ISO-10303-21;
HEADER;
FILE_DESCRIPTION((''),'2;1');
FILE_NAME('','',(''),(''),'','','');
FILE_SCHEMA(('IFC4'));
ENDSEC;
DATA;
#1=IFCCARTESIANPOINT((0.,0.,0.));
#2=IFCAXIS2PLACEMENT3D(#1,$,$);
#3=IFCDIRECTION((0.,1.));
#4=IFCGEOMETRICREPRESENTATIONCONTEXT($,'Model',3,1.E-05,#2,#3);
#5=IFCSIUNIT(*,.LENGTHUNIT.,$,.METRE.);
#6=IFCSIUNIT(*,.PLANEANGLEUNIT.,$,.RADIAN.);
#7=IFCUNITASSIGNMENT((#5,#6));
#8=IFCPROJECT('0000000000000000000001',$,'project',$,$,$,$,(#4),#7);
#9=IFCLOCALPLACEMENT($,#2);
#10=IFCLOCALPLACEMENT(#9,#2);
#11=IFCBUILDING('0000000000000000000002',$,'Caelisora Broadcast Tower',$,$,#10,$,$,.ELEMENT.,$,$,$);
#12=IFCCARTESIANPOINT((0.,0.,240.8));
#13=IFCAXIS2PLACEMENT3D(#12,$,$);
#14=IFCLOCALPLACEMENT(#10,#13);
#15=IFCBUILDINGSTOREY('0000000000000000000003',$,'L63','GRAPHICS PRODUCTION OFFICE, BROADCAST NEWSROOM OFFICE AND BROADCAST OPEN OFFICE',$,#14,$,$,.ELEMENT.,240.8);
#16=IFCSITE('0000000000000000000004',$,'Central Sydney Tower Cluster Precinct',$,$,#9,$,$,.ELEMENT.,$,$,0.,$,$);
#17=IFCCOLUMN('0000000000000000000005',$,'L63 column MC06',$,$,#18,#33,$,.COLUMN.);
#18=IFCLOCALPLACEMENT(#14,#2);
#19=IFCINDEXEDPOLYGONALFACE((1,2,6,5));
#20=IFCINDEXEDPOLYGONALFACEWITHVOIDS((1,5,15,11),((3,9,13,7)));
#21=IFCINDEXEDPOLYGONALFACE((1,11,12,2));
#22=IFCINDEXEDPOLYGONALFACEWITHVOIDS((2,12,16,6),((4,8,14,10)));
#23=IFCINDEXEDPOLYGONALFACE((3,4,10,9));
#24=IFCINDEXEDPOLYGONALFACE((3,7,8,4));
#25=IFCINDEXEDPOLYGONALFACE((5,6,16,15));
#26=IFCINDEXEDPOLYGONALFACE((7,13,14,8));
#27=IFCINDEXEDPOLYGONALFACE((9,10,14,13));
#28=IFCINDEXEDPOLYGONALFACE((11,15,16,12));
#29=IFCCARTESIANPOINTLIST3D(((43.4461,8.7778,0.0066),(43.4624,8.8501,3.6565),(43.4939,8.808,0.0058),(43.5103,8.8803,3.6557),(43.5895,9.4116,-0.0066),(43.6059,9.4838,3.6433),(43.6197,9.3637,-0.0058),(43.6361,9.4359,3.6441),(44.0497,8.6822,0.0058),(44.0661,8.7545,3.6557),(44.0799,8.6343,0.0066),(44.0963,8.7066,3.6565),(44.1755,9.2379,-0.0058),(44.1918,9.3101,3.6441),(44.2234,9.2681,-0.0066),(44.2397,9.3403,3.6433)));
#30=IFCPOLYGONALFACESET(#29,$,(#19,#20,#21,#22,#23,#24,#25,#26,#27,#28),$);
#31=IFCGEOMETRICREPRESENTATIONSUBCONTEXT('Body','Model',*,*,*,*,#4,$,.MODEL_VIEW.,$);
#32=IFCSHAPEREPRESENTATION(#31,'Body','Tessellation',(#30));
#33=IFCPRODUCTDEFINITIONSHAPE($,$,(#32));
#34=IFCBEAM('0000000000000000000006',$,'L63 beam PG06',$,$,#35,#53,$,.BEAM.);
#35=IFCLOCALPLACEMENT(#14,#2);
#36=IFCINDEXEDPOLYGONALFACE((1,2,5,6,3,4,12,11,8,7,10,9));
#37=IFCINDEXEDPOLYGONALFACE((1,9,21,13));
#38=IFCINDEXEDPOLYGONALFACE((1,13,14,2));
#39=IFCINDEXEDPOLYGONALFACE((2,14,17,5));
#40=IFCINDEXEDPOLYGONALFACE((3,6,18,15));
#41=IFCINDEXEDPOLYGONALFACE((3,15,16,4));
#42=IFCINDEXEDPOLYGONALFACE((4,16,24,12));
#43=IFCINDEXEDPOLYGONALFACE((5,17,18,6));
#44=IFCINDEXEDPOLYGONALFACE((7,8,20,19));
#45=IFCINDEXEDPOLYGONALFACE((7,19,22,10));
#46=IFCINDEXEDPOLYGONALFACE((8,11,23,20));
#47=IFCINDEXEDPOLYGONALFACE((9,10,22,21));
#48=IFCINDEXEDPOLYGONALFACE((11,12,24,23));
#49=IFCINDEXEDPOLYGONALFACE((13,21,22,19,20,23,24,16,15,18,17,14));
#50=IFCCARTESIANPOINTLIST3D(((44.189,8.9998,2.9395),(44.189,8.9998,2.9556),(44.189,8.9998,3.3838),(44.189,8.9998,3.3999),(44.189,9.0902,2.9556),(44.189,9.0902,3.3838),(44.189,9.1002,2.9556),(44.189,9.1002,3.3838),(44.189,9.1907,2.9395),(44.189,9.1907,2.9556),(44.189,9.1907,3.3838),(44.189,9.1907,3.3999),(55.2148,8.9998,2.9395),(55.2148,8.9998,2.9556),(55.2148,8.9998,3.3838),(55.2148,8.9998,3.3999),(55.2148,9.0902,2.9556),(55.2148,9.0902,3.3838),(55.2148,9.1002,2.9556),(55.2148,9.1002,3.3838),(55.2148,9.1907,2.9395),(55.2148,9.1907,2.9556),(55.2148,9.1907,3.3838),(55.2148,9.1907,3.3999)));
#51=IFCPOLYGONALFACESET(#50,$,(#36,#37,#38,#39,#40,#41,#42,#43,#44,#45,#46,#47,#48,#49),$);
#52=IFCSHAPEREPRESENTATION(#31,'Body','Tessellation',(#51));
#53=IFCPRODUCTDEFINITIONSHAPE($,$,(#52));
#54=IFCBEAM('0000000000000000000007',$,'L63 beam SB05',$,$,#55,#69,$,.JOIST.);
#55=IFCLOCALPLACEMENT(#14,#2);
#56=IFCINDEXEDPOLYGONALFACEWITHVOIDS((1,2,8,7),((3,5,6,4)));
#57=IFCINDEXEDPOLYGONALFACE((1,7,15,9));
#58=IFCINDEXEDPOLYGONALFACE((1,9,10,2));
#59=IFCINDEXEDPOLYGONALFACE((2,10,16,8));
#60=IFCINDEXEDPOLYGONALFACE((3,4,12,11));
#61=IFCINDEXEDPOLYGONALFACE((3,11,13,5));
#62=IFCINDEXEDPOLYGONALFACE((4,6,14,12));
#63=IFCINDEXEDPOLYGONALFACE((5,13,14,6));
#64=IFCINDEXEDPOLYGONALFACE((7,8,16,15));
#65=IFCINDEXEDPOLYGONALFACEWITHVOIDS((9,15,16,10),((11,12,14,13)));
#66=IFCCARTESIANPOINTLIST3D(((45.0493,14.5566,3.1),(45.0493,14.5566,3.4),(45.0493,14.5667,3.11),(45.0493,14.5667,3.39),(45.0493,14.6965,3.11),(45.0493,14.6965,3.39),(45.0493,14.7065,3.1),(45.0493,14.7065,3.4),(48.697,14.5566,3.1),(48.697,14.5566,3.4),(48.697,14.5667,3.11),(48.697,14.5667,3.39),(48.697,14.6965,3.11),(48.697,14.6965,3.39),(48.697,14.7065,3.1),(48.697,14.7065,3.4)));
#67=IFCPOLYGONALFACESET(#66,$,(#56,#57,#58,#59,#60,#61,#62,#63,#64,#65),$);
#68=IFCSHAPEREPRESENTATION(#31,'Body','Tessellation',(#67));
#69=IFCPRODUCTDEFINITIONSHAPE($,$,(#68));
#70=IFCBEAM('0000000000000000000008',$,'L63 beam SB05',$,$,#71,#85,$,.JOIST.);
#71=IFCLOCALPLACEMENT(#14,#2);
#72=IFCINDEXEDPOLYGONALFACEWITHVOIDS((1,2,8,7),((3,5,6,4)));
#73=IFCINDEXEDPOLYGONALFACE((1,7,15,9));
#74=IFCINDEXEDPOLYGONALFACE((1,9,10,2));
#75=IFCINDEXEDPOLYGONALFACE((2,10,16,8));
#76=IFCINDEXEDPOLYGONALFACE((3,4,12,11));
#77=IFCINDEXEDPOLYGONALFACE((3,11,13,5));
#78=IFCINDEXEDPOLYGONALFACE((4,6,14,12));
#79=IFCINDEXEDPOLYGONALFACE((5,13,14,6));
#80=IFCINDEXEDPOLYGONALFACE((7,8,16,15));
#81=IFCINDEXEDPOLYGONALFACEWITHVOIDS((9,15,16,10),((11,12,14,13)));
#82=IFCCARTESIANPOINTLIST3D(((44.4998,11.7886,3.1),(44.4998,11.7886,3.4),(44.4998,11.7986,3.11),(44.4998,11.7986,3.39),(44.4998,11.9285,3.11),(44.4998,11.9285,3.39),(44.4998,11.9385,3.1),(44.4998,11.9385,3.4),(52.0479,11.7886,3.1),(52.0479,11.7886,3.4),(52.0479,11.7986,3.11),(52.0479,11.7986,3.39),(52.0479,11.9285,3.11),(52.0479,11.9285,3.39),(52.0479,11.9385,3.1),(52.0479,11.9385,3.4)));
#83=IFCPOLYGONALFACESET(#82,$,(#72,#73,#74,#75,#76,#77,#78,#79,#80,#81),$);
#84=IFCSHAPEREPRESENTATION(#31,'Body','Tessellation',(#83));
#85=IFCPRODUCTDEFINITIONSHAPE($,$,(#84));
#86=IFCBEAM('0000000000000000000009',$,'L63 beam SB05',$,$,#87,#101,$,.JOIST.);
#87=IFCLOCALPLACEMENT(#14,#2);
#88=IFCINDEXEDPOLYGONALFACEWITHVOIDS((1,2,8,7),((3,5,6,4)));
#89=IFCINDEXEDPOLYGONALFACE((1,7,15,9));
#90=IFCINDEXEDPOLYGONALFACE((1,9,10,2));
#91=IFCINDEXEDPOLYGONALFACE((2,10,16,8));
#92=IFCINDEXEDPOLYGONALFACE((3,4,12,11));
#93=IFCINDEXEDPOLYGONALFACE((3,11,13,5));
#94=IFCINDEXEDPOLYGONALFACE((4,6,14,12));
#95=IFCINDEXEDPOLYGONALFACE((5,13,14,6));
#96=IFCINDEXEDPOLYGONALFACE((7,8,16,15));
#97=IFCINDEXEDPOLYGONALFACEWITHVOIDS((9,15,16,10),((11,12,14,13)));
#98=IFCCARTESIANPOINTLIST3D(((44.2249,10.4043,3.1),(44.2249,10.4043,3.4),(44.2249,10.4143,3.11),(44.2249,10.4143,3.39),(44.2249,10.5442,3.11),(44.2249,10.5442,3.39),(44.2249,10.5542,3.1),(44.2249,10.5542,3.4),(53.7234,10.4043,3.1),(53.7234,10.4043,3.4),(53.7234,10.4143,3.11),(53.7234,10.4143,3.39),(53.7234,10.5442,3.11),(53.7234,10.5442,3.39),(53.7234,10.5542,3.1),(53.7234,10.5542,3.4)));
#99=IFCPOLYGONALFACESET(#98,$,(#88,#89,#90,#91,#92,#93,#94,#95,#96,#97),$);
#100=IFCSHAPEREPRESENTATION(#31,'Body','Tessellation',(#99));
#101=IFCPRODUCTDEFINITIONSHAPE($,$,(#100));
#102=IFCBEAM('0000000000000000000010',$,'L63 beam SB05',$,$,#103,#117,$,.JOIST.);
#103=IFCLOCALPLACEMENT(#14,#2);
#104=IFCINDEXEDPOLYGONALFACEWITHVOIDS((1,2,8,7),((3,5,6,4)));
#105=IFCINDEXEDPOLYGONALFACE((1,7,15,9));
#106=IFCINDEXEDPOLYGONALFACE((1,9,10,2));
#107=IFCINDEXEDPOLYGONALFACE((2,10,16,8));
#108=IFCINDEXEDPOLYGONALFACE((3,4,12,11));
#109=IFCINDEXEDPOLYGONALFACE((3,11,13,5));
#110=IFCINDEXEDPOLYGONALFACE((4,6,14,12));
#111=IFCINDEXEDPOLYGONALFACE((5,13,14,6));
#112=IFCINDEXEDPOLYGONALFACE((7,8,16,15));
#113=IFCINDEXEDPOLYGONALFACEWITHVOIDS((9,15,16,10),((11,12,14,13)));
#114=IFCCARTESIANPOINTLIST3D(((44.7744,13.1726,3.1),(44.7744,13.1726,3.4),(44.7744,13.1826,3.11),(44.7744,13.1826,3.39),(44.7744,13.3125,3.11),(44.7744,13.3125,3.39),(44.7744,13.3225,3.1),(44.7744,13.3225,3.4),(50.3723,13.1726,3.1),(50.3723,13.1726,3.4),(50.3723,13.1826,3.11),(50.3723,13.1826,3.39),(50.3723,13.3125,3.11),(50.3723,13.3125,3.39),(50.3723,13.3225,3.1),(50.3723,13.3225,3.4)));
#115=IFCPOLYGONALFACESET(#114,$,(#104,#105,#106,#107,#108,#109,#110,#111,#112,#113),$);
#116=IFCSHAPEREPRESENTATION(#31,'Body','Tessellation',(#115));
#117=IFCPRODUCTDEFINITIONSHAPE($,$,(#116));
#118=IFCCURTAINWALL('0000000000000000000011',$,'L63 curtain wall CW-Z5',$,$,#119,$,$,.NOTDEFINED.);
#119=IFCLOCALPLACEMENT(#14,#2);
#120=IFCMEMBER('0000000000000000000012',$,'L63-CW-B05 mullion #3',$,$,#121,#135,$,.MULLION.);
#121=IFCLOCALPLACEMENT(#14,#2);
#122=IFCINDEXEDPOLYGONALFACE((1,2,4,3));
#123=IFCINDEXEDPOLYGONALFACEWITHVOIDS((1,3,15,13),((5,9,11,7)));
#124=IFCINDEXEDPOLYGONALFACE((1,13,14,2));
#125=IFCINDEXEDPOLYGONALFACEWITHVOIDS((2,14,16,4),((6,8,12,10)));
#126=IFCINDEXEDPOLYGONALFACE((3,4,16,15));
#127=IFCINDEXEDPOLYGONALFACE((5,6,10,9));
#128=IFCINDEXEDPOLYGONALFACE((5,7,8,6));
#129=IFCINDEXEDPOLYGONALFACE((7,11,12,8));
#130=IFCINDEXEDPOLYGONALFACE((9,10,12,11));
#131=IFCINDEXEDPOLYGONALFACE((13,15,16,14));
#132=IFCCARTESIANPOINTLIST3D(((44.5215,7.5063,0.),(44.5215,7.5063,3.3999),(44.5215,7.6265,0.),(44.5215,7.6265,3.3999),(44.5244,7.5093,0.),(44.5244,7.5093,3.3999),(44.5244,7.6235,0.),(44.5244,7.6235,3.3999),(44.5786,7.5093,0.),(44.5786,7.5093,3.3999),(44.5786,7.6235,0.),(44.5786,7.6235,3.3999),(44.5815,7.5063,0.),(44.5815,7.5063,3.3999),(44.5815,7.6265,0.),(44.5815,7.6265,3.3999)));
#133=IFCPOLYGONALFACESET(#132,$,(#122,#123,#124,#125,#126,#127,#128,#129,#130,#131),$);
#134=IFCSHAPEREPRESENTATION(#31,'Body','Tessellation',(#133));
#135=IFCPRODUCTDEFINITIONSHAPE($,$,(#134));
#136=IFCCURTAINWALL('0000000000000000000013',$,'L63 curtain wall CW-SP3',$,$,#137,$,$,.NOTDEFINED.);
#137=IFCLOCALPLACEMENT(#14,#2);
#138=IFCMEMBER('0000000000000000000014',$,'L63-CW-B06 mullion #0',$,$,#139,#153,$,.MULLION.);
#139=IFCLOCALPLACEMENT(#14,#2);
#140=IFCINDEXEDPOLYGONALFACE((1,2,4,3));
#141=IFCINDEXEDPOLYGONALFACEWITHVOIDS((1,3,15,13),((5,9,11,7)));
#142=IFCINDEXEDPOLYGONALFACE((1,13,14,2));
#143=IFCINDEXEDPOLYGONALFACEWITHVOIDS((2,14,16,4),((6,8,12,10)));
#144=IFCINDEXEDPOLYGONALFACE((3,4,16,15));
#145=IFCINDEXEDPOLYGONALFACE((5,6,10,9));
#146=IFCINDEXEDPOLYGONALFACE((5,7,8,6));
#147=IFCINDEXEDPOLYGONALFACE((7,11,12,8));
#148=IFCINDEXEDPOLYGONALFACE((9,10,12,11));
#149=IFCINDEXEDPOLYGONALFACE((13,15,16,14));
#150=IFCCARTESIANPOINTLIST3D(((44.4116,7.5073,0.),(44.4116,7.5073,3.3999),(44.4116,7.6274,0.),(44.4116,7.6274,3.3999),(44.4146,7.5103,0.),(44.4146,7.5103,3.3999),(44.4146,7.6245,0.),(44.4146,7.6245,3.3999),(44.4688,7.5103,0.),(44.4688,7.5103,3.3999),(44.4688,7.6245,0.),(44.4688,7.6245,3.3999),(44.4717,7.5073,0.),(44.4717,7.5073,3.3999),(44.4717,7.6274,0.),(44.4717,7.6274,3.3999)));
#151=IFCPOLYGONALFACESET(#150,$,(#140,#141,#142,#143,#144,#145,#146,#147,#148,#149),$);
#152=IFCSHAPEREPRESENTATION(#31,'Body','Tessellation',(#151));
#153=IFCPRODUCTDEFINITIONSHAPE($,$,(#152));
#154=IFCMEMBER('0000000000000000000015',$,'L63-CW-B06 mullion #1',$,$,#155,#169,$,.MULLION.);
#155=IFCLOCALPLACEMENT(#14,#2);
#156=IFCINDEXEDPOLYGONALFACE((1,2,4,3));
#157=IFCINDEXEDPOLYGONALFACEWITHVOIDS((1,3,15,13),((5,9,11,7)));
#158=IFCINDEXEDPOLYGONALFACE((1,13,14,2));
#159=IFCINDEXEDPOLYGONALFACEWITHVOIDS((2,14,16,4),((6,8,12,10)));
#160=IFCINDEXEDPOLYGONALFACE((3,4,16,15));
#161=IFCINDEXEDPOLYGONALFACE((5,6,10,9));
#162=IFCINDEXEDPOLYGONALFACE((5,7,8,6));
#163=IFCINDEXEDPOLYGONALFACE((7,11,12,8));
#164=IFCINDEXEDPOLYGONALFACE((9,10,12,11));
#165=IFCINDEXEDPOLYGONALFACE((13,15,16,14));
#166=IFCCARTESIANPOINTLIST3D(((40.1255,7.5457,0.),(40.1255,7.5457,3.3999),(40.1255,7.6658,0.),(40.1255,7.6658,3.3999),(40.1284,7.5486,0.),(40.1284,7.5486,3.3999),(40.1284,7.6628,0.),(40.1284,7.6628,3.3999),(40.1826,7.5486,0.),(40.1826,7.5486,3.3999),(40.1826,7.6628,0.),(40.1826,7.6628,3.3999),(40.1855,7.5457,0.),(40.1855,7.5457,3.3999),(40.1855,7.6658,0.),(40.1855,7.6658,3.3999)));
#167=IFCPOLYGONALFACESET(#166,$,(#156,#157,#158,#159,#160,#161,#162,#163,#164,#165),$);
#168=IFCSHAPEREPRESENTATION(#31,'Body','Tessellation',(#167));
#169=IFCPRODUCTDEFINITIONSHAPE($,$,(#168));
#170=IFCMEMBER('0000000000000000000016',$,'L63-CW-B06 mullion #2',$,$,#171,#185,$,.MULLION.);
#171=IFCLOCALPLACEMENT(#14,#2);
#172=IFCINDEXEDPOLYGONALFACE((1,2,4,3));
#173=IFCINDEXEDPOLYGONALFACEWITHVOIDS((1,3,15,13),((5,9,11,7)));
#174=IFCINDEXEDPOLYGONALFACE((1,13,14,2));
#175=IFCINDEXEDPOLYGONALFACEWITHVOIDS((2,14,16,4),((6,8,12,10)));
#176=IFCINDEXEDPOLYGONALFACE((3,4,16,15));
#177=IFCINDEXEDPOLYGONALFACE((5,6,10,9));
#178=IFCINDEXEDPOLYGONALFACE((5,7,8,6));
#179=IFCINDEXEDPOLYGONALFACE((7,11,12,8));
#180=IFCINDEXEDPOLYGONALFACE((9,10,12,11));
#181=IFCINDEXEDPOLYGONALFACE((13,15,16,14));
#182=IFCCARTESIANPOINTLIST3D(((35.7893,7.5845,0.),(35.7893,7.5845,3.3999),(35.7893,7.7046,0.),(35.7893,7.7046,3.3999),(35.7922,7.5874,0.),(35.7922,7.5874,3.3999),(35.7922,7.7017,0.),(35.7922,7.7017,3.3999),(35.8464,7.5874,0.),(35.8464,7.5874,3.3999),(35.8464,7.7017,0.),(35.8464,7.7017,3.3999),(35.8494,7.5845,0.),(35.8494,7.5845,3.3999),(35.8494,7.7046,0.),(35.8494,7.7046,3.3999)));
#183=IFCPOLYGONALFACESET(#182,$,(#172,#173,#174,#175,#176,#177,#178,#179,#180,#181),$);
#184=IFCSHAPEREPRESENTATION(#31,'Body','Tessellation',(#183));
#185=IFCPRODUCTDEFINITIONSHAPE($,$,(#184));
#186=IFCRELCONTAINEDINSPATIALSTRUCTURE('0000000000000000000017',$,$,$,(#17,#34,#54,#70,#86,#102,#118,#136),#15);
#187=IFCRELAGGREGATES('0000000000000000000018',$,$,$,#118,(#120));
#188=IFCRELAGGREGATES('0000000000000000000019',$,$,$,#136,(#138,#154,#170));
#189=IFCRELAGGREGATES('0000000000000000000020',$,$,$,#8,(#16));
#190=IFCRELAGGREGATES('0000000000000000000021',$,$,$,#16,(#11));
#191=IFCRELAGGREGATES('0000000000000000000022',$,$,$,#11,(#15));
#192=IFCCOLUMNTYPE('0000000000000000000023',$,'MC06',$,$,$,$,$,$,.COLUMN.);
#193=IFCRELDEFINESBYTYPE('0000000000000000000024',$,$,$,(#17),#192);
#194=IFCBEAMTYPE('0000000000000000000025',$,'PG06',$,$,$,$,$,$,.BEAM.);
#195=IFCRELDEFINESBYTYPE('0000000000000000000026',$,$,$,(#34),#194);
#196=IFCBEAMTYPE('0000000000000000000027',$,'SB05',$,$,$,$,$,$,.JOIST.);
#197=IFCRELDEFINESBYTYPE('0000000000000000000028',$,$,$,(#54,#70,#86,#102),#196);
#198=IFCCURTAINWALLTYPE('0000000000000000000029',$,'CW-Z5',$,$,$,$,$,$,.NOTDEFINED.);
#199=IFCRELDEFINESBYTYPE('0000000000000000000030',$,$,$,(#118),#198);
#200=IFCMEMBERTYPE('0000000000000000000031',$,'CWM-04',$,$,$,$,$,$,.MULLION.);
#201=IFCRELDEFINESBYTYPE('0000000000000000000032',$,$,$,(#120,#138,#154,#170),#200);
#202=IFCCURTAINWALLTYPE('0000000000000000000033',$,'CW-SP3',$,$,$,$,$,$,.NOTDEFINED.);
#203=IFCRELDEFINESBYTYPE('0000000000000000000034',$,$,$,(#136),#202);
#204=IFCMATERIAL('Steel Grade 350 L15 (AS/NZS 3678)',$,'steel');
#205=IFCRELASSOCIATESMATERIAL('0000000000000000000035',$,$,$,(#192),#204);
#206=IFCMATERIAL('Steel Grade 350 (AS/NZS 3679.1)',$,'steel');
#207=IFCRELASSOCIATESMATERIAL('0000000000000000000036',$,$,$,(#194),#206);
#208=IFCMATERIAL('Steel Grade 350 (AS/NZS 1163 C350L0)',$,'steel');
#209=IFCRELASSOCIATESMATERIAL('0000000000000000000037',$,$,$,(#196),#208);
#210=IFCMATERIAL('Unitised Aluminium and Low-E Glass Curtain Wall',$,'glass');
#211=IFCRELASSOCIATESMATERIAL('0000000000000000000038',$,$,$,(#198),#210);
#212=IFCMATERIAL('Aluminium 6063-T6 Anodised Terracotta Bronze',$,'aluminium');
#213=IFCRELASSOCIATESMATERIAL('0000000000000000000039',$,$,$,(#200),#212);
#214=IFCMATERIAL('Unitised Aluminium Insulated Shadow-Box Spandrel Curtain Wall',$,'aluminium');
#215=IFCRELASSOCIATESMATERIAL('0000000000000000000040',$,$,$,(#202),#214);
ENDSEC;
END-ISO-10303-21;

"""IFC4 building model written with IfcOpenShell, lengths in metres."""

from ifc_helpers import new_model, si_unit, direction, frame, origin, origin_2d, place, context, subcontext, project, spatial, hollow_rectangle, i_section, extrude, source, transform, mapped, material, material_profile, profile_set, type_object, type_shapes, element, aggregate, save


model = new_model("IFC4")

# Units and contexts
model_context = context("Model", 3, precision=1e-05, world=origin(), true_north=direction((0.0, 1.0)))
body_context = subcontext(model_context, "Body", "Model", "MODEL_VIEW")
ifc_project = project(units=[si_unit("LENGTHUNIT", "METRE"), si_unit("PLANEANGLEUNIT", "RADIAN")], contexts=[model_context])

# Site, building, storey
site_placement = place(None, origin())
site = spatial("IfcSite", under=ifc_project, at=site_placement, Name="Central Sydney Tower Cluster Precinct", CompositionType="ELEMENT", RefElevation=0.0)
building_placement = place(site_placement, origin())
building = spatial("IfcBuilding", under=site, at=building_placement, Name="Caelisora Broadcast Tower", CompositionType="ELEMENT")
storey_placement = place(building_placement, frame((0.0, 0.0, 240.8)))
storey = spatial("IfcBuildingStorey", under=building, at=storey_placement, Name="L63", Description="GRAPHICS PRODUCTION OFFICE, BROADCAST NEWSROOM OFFICE AND BROADCAST OPEN OFFICE", CompositionType="ELEMENT", Elevation=240.8)

# Column
ifc_material_1 = material(Name="Steel Grade 350 L15 (AS/NZS 3678)", Category="steel")
ifc_material_profile_1 = material_profile(ifc_material_1, hollow_rectangle(XDim=0.6499, YDim=0.6499, WallThickness=0.04, at=origin_2d()), Name="Steel Grade 350 L15 (AS/NZS 3678)")
ifc_profile_set_1 = profile_set([ifc_material_profile_1], Name="Steel Grade 350 L15 (AS/NZS 3678)")
column_type = type_object("IfcColumnType", Name="MC06", PredefinedType="COLUMN", material=ifc_profile_set_1)
shared_shape_1 = source(origin(), body_context, "Body", "SweptSolid", [
    extrude(hollow_rectangle(XDim=0.6499, YDim=0.6499, WallThickness=0.04, at=origin_2d()), origin(), (0.0, 0.0, 1.0), 3.6506),
])
type_shapes(column_type, [shared_shape_1])
column_placement = place(storey_placement, frame((43.8347, 9.0229, 0.0), z_axis=(0.004481, 0.019795, 0.999794), x_axis=(-0.975327, 0.220767, 0.0)))
element("IfcColumn", 1, at=column_placement, inside=storey, type_object=column_type, Name="L63 column MC06", PredefinedType="COLUMN", context=body_context, shape_type="MappedRepresentation", body=[
    mapped(shared_shape_1, transform((0.0, 0.0, 0.0), scale=1.0)),
])

# Beams
ifc_material_2 = material(Name="Steel Grade 350 (AS/NZS 3679.1)", Category="steel")
ifc_material_profile_2 = material_profile(ifc_material_2, i_section(OverallWidth=0.1909, OverallDepth=0.4604, WebThickness=0.01, FlangeThickness=0.0161, at=origin_2d()), Name="Steel Grade 350 (AS/NZS 3679.1)")
ifc_profile_set_2 = profile_set([ifc_material_profile_2], Name="Steel Grade 350 (AS/NZS 3679.1)")
beam_type_1 = type_object("IfcBeamType", Name="PG06", PredefinedType="BEAM", material=ifc_profile_set_2)
shared_shape_2 = source(origin(), body_context, "Body", "SweptSolid", [
    extrude(i_section(OverallWidth=0.1909, OverallDepth=0.4604, WebThickness=0.01, FlangeThickness=0.0161, at=origin_2d()), origin(), (0.0, 0.0, 1.0), 11.0259),
])
type_shapes(beam_type_1, [shared_shape_2])
beam_1_placement = place(storey_placement, frame((44.189, 9.0952, 3.1697), z_axis=(1.0, 0.0, 0.0), x_axis=(0.0, 1.0, 0.0)))
element("IfcBeam", 2, at=beam_1_placement, inside=storey, type_object=beam_type_1, Name="L63 beam PG06", PredefinedType="BEAM", context=body_context, shape_type="MappedRepresentation", body=[
    mapped(shared_shape_2, transform((0.0, 0.0, 0.0), scale=1.0)),
])
ifc_material_3 = material(Name="Steel Grade 350 (AS/NZS 1163 C350L0)", Category="steel")
ifc_material_profile_3 = material_profile(ifc_material_3, hollow_rectangle(XDim=0.1499, YDim=0.3, WallThickness=0.01, at=origin_2d()), Name="Steel Grade 350 (AS/NZS 1163 C350L0)")
ifc_profile_set_3 = profile_set([ifc_material_profile_3], Name="Steel Grade 350 (AS/NZS 1163 C350L0)")
beam_type_2 = type_object("IfcBeamType", Name="SB05", PredefinedType="JOIST", material=ifc_profile_set_3)
shared_shape_3 = source(origin(), body_context, "Body", "SweptSolid", [
    extrude(hollow_rectangle(XDim=0.1499, YDim=0.3, WallThickness=0.01, at=origin_2d()), origin(), (0.0, 0.0, 1.0), 3.6477),
])
beam_2_placement = place(storey_placement, frame((45.0493, 14.6316, 3.25), z_axis=(1.0, 0.0, 0.0), x_axis=(0.0, 1.0, 0.0)))
element("IfcBeam", 3, at=beam_2_placement, inside=storey, type_object=beam_type_2, Name="L63 beam SB05", PredefinedType="JOIST", context=body_context, shape_type="MappedRepresentation", body=[
    mapped(shared_shape_3, transform((0.0, 0.0, 0.0), scale=1.0)),
])
shared_shape_4 = source(origin(), body_context, "Body", "SweptSolid", [
    extrude(hollow_rectangle(XDim=0.1499, YDim=0.3, WallThickness=0.01, at=origin_2d()), origin(), (0.0, 0.0, 1.0), 7.5481),
])
beam_3_placement = place(storey_placement, frame((44.4998, 11.8635, 3.25), z_axis=(1.0, 0.0, 0.0), x_axis=(0.0, 1.0, 0.0)))
element("IfcBeam", 4, at=beam_3_placement, inside=storey, type_object=beam_type_2, Name="L63 beam SB05", PredefinedType="JOIST", context=body_context, shape_type="MappedRepresentation", body=[
    mapped(shared_shape_4, transform((0.0, 0.0, 0.0), scale=1.0)),
])
shared_shape_5 = source(origin(), body_context, "Body", "SweptSolid", [
    extrude(hollow_rectangle(XDim=0.1499, YDim=0.3, WallThickness=0.01, at=origin_2d()), origin(), (0.0, 0.0, 1.0), 9.4985),
])
beam_4_placement = place(storey_placement, frame((44.2249, 10.4792, 3.25), z_axis=(1.0, 0.0, 0.0), x_axis=(0.0, 1.0, 0.0)))
element("IfcBeam", 5, at=beam_4_placement, inside=storey, type_object=beam_type_2, Name="L63 beam SB05", PredefinedType="JOIST", context=body_context, shape_type="MappedRepresentation", body=[
    mapped(shared_shape_5, transform((0.0, 0.0, 0.0), scale=1.0)),
])
shared_shape_6 = source(origin(), body_context, "Body", "SweptSolid", [
    extrude(hollow_rectangle(XDim=0.1499, YDim=0.3, WallThickness=0.01, at=origin_2d()), origin(), (0.0, 0.0, 1.0), 5.5979),
])
type_shapes(beam_type_2, [shared_shape_3, shared_shape_4, shared_shape_5, shared_shape_6])
beam_5_placement = place(storey_placement, frame((44.7744, 13.2476, 3.25), z_axis=(1.0, 0.0, 0.0), x_axis=(0.0, 1.0, 0.0)))
element("IfcBeam", 6, at=beam_5_placement, inside=storey, type_object=beam_type_2, Name="L63 beam SB05", PredefinedType="JOIST", context=body_context, shape_type="MappedRepresentation", body=[
    mapped(shared_shape_6, transform((0.0, 0.0, 0.0), scale=1.0)),
])

# Curtain wall, member
ifc_material_4 = material(Name="Unitised Aluminium and Low-E Glass Curtain Wall", Category="glass")
curtain_wall_type_1 = type_object("IfcCurtainWallType", Name="CW-Z5", PredefinedType="NOTDEFINED", material=ifc_material_4)
curtain_wall_1_placement = place(storey_placement, origin())
curtain_wall_1 = element("IfcCurtainWall", 7, at=curtain_wall_1_placement, inside=storey, type_object=curtain_wall_type_1, Name="L63 curtain wall CW-Z5", PredefinedType="NOTDEFINED")
ifc_material_5 = material(Name="Aluminium 6063-T6 Anodised Terracotta Bronze", Category="aluminium")
ifc_material_profile_4 = material_profile(ifc_material_5, hollow_rectangle(XDim=0.0601, YDim=0.1201, WallThickness=0.0029, at=origin_2d()), Name="Aluminium 6063-T6 Anodised Terracotta Bronze")
ifc_profile_set_4 = profile_set([ifc_material_profile_4], Name="Aluminium 6063-T6 Anodised Terracotta Bronze")
member_type_1 = type_object("IfcMemberType", Name="CWM-04", PredefinedType="MULLION", material=ifc_profile_set_4)
shared_shape_7 = source(origin(), body_context, "Body", "SweptSolid", [
    extrude(hollow_rectangle(XDim=0.0601, YDim=0.1201, WallThickness=0.0029, at=origin_2d()), origin(), (0.0, 0.0, 1.0), 3.3999),
])
type_shapes(member_type_1, [shared_shape_7])
member_1_placement = place(storey_placement, frame((44.5515, 7.5664, 0.0), z_axis=(0.0, 0.0, 1.0), x_axis=(1.0, 0.0, 0.0)))
member_1 = element("IfcMember", 8, at=member_1_placement, type_object=member_type_1, Name="L63-CW-B05 mullion #3", PredefinedType="MULLION", context=body_context, shape_type="MappedRepresentation", body=[
    mapped(shared_shape_7, transform((0.0, 0.0, 0.0), scale=1.0)),
])
aggregate(curtain_wall_1, [member_1])

# Curtain wall, members
ifc_material_6 = material(Name="Unitised Aluminium Insulated Shadow-Box Spandrel Curtain Wall", Category="aluminium")
curtain_wall_type_2 = type_object("IfcCurtainWallType", Name="CW-SP3", PredefinedType="NOTDEFINED", material=ifc_material_6)
curtain_wall_2_placement = place(storey_placement, origin())
curtain_wall_2 = element("IfcCurtainWall", 9, at=curtain_wall_2_placement, inside=storey, type_object=curtain_wall_type_2, Name="L63 curtain wall CW-SP3", PredefinedType="NOTDEFINED")
member_2_placement = place(storey_placement, frame((44.4417, 7.5674, 0.0), z_axis=(0.0, 0.0, 1.0), x_axis=(1.0, 0.0, 0.0)))
member_2 = element("IfcMember", 10, at=member_2_placement, type_object=member_type_1, Name="L63-CW-B06 mullion #0", PredefinedType="MULLION", context=body_context, shape_type="MappedRepresentation", body=[
    mapped(shared_shape_7, transform((0.0, 0.0, 0.0), scale=1.0)),
])
member_3_placement = place(storey_placement, frame((40.1555, 7.6057, 0.0), z_axis=(0.0, 0.0, 1.0), x_axis=(1.0, 0.0, 0.0)))
member_3 = element("IfcMember", 11, at=member_3_placement, type_object=member_type_1, Name="L63-CW-B06 mullion #1", PredefinedType="MULLION", context=body_context, shape_type="MappedRepresentation", body=[
    mapped(shared_shape_7, transform((0.0, 0.0, 0.0), scale=1.0)),
])
member_4_placement = place(storey_placement, frame((35.8193, 7.6445, 0.0), z_axis=(0.0, 0.0, 1.0), x_axis=(1.0, 0.0, 0.0)))
member_4 = element("IfcMember", 12, at=member_4_placement, type_object=member_type_1, Name="L63-CW-B06 mullion #2", PredefinedType="MULLION", context=body_context, shape_type="MappedRepresentation", body=[
    mapped(shared_shape_7, transform((0.0, 0.0, 0.0), scale=1.0)),
])

aggregate(curtain_wall_2, [member_2, member_3, member_4])

save(model, "model.ifc")
